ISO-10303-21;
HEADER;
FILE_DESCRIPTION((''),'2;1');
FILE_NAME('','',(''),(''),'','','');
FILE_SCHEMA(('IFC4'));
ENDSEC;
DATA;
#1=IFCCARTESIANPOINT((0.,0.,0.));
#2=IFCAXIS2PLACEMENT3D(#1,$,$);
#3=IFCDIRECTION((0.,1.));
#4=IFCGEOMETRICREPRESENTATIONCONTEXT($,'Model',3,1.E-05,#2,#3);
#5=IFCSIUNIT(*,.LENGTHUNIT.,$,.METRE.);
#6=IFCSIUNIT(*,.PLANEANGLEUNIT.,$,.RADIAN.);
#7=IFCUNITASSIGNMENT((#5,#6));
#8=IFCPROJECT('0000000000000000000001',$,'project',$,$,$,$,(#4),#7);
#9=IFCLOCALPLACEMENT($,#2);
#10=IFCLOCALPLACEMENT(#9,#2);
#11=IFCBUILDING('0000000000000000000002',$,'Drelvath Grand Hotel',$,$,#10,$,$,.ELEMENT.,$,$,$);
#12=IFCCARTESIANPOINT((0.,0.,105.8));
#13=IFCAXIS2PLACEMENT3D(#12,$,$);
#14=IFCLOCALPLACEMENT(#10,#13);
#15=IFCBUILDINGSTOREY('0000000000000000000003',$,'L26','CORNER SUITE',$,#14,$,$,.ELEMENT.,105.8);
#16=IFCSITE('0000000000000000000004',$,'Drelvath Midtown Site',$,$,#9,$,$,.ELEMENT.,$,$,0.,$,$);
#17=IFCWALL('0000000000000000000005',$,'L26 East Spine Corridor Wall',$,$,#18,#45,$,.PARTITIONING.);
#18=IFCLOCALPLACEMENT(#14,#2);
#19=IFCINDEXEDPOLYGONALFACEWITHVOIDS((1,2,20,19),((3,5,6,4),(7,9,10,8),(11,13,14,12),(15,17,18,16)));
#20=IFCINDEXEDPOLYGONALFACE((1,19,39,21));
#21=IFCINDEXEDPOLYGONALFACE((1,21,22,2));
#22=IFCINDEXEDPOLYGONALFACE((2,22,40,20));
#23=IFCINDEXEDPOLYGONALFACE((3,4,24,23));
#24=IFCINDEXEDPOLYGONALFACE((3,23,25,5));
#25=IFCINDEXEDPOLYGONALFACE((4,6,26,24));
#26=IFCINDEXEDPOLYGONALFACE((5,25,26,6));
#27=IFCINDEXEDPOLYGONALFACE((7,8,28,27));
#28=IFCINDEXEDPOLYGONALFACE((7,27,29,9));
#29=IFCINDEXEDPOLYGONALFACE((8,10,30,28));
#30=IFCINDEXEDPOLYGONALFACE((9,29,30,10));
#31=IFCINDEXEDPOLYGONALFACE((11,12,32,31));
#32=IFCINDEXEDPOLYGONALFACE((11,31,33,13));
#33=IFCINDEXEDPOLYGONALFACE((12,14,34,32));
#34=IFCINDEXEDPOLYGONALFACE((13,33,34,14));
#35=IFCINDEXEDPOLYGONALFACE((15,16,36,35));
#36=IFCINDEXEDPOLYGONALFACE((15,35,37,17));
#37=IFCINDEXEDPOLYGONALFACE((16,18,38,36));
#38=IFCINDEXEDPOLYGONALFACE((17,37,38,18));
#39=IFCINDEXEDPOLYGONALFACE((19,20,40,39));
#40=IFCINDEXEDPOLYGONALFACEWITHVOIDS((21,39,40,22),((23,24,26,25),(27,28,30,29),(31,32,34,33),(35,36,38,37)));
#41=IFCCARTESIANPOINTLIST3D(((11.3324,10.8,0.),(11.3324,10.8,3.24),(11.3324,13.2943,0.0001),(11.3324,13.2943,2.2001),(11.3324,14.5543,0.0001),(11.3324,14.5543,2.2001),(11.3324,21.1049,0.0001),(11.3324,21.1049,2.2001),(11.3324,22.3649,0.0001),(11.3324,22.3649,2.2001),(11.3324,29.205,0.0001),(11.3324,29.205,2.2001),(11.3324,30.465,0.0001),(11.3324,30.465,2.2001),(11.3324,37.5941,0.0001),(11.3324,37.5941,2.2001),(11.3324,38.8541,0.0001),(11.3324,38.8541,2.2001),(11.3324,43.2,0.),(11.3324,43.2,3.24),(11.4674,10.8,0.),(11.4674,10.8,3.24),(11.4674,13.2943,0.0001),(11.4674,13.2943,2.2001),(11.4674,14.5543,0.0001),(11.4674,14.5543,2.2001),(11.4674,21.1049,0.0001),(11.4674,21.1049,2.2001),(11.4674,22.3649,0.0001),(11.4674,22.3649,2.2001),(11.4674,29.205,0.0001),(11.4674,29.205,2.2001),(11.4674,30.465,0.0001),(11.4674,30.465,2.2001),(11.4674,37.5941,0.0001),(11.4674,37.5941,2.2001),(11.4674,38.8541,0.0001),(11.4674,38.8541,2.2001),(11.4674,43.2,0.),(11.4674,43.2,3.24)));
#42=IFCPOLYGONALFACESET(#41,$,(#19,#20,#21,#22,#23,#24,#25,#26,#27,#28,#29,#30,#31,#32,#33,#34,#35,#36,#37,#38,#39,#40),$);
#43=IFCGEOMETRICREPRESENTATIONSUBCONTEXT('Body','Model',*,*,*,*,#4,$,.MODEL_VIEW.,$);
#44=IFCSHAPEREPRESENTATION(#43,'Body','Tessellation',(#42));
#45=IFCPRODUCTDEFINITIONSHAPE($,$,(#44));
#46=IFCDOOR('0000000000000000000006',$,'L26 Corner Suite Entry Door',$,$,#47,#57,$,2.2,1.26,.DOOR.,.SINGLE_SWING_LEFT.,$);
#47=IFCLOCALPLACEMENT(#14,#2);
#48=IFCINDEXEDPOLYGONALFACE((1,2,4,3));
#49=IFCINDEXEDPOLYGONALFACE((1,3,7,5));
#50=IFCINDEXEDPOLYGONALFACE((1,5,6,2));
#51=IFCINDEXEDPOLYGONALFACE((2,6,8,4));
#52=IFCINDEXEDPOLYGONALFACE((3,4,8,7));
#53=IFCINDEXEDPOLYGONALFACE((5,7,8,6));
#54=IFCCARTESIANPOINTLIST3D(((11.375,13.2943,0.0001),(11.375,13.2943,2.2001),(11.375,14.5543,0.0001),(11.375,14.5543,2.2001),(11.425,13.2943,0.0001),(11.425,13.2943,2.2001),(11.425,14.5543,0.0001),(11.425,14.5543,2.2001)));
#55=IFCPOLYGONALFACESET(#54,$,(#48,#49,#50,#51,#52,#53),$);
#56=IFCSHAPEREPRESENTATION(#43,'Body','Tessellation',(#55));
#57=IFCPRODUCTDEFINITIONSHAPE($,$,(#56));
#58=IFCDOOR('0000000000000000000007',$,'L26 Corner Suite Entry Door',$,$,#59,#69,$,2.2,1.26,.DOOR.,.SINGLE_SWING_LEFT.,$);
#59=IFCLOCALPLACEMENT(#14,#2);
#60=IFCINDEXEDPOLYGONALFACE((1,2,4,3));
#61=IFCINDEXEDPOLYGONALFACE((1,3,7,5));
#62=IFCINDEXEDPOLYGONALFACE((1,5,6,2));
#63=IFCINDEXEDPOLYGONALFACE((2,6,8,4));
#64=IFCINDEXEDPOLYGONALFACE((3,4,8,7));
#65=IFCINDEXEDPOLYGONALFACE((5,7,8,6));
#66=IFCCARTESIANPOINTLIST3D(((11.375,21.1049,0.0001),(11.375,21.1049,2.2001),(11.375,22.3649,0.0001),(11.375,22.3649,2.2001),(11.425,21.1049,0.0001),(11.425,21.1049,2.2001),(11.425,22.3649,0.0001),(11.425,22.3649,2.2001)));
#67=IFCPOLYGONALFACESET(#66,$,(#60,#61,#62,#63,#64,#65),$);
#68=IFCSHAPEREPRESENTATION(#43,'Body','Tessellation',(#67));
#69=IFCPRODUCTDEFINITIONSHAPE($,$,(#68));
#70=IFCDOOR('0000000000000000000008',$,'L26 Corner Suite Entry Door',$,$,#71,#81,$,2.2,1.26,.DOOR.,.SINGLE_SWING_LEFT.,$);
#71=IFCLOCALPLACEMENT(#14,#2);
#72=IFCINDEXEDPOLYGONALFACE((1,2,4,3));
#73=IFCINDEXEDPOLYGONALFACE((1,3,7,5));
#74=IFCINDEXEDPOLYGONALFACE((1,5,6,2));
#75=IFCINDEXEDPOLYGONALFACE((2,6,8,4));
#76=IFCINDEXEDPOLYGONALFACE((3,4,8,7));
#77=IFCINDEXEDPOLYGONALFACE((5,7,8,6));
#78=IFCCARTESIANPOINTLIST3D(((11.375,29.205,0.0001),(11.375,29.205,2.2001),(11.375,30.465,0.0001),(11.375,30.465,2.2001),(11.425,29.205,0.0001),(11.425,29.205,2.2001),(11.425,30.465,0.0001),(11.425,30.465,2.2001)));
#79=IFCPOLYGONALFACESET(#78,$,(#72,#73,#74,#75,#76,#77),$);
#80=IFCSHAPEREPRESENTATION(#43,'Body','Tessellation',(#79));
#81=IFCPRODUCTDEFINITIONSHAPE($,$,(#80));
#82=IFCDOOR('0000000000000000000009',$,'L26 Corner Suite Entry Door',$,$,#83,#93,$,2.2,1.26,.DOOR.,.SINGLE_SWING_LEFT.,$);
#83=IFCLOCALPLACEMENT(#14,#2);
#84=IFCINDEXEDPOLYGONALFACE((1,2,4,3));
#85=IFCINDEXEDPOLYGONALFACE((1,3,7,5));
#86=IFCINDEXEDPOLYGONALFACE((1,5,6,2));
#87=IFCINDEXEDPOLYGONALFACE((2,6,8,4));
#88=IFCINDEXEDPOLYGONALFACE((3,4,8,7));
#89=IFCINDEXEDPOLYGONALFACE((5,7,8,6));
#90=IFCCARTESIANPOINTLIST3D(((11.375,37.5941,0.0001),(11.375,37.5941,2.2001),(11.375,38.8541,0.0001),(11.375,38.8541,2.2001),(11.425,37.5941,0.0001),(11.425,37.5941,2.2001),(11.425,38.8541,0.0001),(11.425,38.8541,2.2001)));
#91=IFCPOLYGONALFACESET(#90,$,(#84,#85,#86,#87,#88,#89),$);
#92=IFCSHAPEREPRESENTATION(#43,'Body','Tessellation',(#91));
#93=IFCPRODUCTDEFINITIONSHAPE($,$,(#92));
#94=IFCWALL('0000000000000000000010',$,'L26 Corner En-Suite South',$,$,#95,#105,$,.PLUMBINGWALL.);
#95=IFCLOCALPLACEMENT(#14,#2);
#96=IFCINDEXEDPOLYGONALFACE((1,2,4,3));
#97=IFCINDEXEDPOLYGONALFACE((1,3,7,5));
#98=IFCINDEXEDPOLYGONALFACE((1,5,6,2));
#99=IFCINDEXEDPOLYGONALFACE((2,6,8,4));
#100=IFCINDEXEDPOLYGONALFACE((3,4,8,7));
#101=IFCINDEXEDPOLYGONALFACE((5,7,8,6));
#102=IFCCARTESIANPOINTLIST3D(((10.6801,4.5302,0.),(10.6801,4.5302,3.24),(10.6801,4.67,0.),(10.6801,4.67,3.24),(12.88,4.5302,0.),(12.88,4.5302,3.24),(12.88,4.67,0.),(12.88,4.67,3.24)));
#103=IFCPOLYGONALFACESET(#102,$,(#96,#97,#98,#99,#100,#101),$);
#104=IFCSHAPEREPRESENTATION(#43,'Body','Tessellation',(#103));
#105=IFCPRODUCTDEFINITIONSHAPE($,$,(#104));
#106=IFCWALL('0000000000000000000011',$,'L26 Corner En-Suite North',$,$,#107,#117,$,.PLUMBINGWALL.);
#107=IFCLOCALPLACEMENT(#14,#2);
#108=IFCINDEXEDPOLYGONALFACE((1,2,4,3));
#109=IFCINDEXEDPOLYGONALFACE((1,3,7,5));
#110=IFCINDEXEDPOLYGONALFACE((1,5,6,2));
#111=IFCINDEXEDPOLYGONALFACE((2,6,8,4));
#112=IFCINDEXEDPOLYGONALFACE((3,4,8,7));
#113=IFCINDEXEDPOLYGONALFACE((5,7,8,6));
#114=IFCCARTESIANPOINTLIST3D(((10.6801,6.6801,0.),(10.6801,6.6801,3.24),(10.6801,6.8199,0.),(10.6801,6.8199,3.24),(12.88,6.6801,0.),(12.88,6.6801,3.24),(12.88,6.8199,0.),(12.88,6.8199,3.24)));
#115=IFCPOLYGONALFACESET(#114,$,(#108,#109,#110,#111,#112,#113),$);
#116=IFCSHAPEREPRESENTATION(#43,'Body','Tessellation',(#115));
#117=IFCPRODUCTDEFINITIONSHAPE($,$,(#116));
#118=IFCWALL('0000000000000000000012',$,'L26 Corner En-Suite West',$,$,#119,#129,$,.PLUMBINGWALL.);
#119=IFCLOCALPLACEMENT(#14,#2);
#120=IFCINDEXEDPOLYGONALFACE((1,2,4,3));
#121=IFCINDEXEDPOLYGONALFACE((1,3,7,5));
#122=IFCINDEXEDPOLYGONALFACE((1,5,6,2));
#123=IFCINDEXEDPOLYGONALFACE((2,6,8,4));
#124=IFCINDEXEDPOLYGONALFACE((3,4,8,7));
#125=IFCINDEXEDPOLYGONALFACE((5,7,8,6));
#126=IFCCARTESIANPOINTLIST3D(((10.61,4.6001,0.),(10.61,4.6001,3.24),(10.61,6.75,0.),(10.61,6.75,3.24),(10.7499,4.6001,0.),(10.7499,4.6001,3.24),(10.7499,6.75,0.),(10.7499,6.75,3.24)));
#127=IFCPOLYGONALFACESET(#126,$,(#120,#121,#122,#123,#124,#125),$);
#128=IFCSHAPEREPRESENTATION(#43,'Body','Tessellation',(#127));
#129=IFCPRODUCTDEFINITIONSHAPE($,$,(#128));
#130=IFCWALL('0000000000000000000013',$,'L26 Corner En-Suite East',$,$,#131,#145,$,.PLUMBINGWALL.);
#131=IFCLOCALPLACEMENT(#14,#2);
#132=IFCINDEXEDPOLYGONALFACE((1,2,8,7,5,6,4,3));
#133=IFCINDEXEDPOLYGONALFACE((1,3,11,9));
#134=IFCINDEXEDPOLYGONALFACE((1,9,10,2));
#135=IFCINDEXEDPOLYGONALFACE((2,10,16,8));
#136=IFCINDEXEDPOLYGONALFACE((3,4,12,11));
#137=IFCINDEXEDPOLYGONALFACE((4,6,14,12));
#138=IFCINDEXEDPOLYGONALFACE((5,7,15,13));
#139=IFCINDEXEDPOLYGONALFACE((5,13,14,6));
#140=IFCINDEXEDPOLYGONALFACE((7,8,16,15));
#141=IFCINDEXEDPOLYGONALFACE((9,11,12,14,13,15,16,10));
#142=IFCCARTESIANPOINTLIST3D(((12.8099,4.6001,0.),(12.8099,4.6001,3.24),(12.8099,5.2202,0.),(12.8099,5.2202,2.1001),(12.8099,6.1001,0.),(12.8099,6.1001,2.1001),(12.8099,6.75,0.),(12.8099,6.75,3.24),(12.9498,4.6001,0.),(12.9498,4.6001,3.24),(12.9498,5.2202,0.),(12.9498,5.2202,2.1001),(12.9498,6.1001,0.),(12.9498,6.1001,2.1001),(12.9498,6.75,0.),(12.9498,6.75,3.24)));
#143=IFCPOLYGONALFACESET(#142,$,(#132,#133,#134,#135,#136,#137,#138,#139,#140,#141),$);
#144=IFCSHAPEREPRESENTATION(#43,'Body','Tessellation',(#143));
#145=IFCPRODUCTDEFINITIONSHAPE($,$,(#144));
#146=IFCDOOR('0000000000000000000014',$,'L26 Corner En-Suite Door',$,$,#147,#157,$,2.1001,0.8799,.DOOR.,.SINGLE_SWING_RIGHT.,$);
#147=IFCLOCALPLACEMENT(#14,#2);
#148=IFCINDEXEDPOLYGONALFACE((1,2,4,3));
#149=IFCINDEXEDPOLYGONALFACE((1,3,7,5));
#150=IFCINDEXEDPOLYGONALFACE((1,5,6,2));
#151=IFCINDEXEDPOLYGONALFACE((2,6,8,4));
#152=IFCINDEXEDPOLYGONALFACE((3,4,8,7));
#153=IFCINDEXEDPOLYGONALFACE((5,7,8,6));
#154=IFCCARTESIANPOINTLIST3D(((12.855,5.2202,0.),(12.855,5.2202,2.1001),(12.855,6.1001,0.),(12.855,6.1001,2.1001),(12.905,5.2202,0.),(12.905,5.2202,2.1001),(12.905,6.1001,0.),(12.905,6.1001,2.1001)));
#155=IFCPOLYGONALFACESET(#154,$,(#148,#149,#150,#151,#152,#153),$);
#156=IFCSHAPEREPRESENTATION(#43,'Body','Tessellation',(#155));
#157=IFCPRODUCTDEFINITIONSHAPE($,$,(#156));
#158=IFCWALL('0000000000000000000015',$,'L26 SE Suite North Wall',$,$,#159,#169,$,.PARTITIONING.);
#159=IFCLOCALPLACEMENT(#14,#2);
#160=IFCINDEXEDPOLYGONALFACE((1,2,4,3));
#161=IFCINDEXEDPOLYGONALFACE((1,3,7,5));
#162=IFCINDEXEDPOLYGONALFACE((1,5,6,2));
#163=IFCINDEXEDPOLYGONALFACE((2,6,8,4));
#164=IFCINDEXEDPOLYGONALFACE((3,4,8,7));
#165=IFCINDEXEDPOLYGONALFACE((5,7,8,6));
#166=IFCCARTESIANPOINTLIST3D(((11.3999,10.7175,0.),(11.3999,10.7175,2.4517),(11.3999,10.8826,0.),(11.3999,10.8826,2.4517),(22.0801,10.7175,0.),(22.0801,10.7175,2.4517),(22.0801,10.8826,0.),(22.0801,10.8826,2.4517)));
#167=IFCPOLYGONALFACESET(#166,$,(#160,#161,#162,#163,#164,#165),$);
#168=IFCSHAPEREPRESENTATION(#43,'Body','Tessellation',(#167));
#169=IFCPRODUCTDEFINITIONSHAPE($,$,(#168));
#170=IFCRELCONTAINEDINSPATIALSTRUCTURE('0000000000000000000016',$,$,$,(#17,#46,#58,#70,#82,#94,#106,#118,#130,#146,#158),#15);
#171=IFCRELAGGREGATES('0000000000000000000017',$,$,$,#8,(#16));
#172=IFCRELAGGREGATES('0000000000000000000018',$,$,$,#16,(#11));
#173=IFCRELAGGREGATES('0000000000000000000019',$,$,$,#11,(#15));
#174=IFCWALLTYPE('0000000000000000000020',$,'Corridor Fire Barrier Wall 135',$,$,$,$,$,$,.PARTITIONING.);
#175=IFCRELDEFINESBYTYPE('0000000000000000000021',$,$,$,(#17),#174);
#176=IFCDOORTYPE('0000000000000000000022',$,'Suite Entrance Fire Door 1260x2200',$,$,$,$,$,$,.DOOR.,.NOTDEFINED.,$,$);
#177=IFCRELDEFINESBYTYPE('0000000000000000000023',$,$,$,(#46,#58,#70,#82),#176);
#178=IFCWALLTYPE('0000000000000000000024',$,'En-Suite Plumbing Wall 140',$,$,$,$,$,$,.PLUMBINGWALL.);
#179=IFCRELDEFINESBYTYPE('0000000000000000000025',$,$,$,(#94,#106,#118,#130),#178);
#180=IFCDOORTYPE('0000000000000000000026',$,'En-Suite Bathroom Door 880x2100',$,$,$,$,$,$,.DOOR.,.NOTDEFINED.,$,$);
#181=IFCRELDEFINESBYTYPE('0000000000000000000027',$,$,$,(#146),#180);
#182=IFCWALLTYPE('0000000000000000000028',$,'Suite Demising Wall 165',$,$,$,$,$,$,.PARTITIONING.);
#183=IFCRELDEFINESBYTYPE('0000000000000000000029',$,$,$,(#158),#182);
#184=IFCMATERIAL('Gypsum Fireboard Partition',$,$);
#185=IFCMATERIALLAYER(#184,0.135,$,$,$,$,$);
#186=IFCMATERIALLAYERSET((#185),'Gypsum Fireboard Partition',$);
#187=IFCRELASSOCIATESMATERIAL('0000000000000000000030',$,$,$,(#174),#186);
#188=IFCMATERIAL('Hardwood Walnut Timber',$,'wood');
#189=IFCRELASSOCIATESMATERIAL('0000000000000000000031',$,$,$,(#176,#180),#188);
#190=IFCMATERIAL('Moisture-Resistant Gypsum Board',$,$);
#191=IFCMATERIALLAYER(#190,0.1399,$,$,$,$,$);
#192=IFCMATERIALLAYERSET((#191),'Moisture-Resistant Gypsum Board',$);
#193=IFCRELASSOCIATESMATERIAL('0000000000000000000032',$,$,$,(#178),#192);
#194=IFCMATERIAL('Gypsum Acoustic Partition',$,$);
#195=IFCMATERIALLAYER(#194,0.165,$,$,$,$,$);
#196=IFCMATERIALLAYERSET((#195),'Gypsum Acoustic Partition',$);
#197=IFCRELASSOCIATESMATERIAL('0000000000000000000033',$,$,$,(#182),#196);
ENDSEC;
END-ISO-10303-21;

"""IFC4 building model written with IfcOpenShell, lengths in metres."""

from ifc_helpers import new_model, si_unit, direction, frame, frame_2d, origin, place, context, subcontext, project, spatial, rectangle, extrude, material, layer, layer_set, type_object, element, fill, save


model = new_model("IFC4")

# Units and contexts
model_context = context("Model", 3, precision=1e-05, world=origin(), true_north=direction((0.0, 1.0)))
body_context = subcontext(model_context, "Body", "Model", "MODEL_VIEW")
ifc_project = project(units=[si_unit("LENGTHUNIT", "METRE"), si_unit("PLANEANGLEUNIT", "RADIAN")], contexts=[model_context])

# Site, building, storey
site_placement = place(None, origin())
site = spatial("IfcSite", under=ifc_project, at=site_placement, Name="Drelvath Midtown Site", CompositionType="ELEMENT", RefElevation=0.0)
building_placement = place(site_placement, origin())
building = spatial("IfcBuilding", under=site, at=building_placement, Name="Drelvath Grand Hotel", CompositionType="ELEMENT")
storey_placement = place(building_placement, frame((0.0, 0.0, 105.8)))
storey = spatial("IfcBuildingStorey", under=building, at=storey_placement, Name="L26", Description="CORNER SUITE", CompositionType="ELEMENT", Elevation=105.8)

# Wall, openings, doors
ifc_material_1 = material(Name="Gypsum Fireboard Partition")
ifc_layer_1 = layer(ifc_material_1, 0.135)
ifc_layer_set_1 = layer_set([ifc_layer_1], Name="Gypsum Fireboard Partition")
wall_type_1 = type_object("IfcWallType", Name="Corridor Fire Barrier Wall 135", PredefinedType="PARTITIONING", material=ifc_layer_set_1)
wall_1_placement = place(storey_placement, frame((11.3999, 10.8, 0.0), z_axis=(0.0, 0.0, 1.0), x_axis=(0.0, 1.0, 0.0)))
wall_1 = element("IfcWall", 1, at=wall_1_placement, inside=storey, type_object=wall_type_1, Name="L26 East Spine Corridor Wall", PredefinedType="PARTITIONING", context=body_context, shape_type="SweptSolid", body=[
    extrude(rectangle(XDim=32.3999, YDim=0.135, at=frame_2d((16.2, 0.0))), origin(), (0.0, 0.0, 1.0), 3.24),
])
opening_1_placement = place(wall_1_placement, frame((2.4944, 0.0, 0.0)))
opening_1 = element("IfcOpeningElement", 2, at=opening_1_placement, cuts=wall_1, PredefinedType="OPENING", context=body_context, shape_type="SweptSolid", body=[
    extrude(rectangle(XDim=1.26, YDim=2.2, at=frame_2d((0.6299, 1.1001))), frame((0.0, 0.0774, 0.0), z_axis=(0.0, -1.0, 0.0), x_axis=(1.0, 0.0, 0.0)), (0.0, 0.0, 1.0), 0.155),
])
opening_2_placement = place(wall_1_placement, frame((10.3049, 0.0, 0.0)))
opening_2 = element("IfcOpeningElement", 3, at=opening_2_placement, cuts=wall_1, PredefinedType="OPENING", context=body_context, shape_type="SweptSolid", body=[
    extrude(rectangle(XDim=1.26, YDim=2.2, at=frame_2d((0.6299, 1.1001))), frame((0.0, 0.0774, 0.0), z_axis=(0.0, -1.0, 0.0), x_axis=(1.0, 0.0, 0.0)), (0.0, 0.0, 1.0), 0.155),
])
opening_3_placement = place(wall_1_placement, frame((18.405, 0.0, 0.0)))
opening_3 = element("IfcOpeningElement", 4, at=opening_3_placement, cuts=wall_1, PredefinedType="OPENING", context=body_context, shape_type="SweptSolid", body=[
    extrude(rectangle(XDim=1.26, YDim=2.2, at=frame_2d((0.6299, 1.1001))), frame((0.0, 0.0774, 0.0), z_axis=(0.0, -1.0, 0.0), x_axis=(1.0, 0.0, 0.0)), (0.0, 0.0, 1.0), 0.155),
])
opening_4_placement = place(wall_1_placement, frame((26.7942, 0.0, 0.0)))
opening_4 = element("IfcOpeningElement", 5, at=opening_4_placement, cuts=wall_1, PredefinedType="OPENING", context=body_context, shape_type="SweptSolid", body=[
    extrude(rectangle(XDim=1.26, YDim=2.2, at=frame_2d((0.6299, 1.1001))), frame((0.0, 0.0774, 0.0), z_axis=(0.0, -1.0, 0.0), x_axis=(1.0, 0.0, 0.0)), (0.0, 0.0, 1.0), 0.155),
])
ifc_material_2 = material(Name="Hardwood Walnut Timber", Category="wood")
door_type_1 = type_object("IfcDoorType", Name="Suite Entrance Fire Door 1260x2200", OperationType="NOTDEFINED", PredefinedType="DOOR", material=ifc_material_2)
door_1_placement = place(opening_1_placement, origin())
door_1 = element("IfcDoor", 6, at=door_1_placement, inside=storey, type_object=door_type_1, Name="L26 Corner Suite Entry Door", OperationType="SINGLE_SWING_LEFT", OverallHeight=2.2, OverallWidth=1.26, PredefinedType="DOOR", context=body_context, shape_type="SweptSolid", body=[
    extrude(rectangle(XDim=1.26, YDim=2.2, at=frame_2d((0.6299, 1.1001))), frame((0.0, 0.0249, 0.0), z_axis=(0.0, -1.0, 0.0), x_axis=(1.0, 0.0, 0.0)), (0.0, 0.0, 1.0), 0.05),
])
fill(opening_1, door_1)
door_2_placement = place(opening_2_placement, origin())
door_2 = element("IfcDoor", 7, at=door_2_placement, inside=storey, type_object=door_type_1, Name="L26 Corner Suite Entry Door", OperationType="SINGLE_SWING_LEFT", OverallHeight=2.2, OverallWidth=1.26, PredefinedType="DOOR", context=body_context, shape_type="SweptSolid", body=[
    extrude(rectangle(XDim=1.26, YDim=2.2, at=frame_2d((0.6299, 1.1001))), frame((0.0, 0.0249, 0.0), z_axis=(0.0, -1.0, 0.0), x_axis=(1.0, 0.0, 0.0)), (0.0, 0.0, 1.0), 0.05),
])
fill(opening_2, door_2)
door_3_placement = place(opening_3_placement, origin())
door_3 = element("IfcDoor", 8, at=door_3_placement, inside=storey, type_object=door_type_1, Name="L26 Corner Suite Entry Door", OperationType="SINGLE_SWING_LEFT", OverallHeight=2.2, OverallWidth=1.26, PredefinedType="DOOR", context=body_context, shape_type="SweptSolid", body=[
    extrude(rectangle(XDim=1.26, YDim=2.2, at=frame_2d((0.6299, 1.1001))), frame((0.0, 0.0249, 0.0), z_axis=(0.0, -1.0, 0.0), x_axis=(1.0, 0.0, 0.0)), (0.0, 0.0, 1.0), 0.05),
])
fill(opening_3, door_3)
door_4_placement = place(opening_4_placement, origin())
door_4 = element("IfcDoor", 9, at=door_4_placement, inside=storey, type_object=door_type_1, Name="L26 Corner Suite Entry Door", OperationType="SINGLE_SWING_LEFT", OverallHeight=2.2, OverallWidth=1.26, PredefinedType="DOOR", context=body_context, shape_type="SweptSolid", body=[
    extrude(rectangle(XDim=1.26, YDim=2.2, at=frame_2d((0.6299, 1.1001))), frame((0.0, 0.0249, 0.0), z_axis=(0.0, -1.0, 0.0), x_axis=(1.0, 0.0, 0.0)), (0.0, 0.0, 1.0), 0.05),
])
fill(opening_4, door_4)

# Walls
ifc_material_3 = material(Name="Moisture-Resistant Gypsum Board")
ifc_layer_2 = layer(ifc_material_3, 0.1399)
ifc_layer_set_2 = layer_set([ifc_layer_2], Name="Moisture-Resistant Gypsum Board")
wall_type_2 = type_object("IfcWallType", Name="En-Suite Plumbing Wall 140", PredefinedType="PLUMBINGWALL", material=ifc_layer_set_2)
for number, where, z_axis, x_axis, name in (
    (10, (10.6799, 4.6001, 0.0), (0.0, 0.0, 1.0), (1.0, 0.0, 0.0), "L26 Corner En-Suite South"),
    (11, (10.6799, 6.75, 0.0), (0.0, 0.0, 1.0), (1.0, 0.0, 0.0), "L26 Corner En-Suite North"),
):
    element("IfcWall", number, at=place(storey_placement, frame(where, z_axis=z_axis, x_axis=x_axis)), inside=storey, type_object=wall_type_2, Name=name, PredefinedType="PLUMBINGWALL", context=body_context, shape_type="SweptSolid", body=[
        extrude(rectangle(XDim=2.2, YDim=0.1399, at=frame_2d((1.1001, 0.0))), origin(), (0.0, 0.0, 1.0), 3.24),
    ])
wall_2_placement = place(storey_placement, frame((10.6799, 4.6001, 0.0), z_axis=(0.0, 0.0, 1.0), x_axis=(0.0, 1.0, 0.0)))
element("IfcWall", 12, at=wall_2_placement, inside=storey, type_object=wall_type_2, Name="L26 Corner En-Suite West", PredefinedType="PLUMBINGWALL", context=body_context, shape_type="SweptSolid", body=[
    extrude(rectangle(XDim=2.1499, YDim=0.1399, at=frame_2d((1.075, 0.0))), origin(), (0.0, 0.0, 1.0), 3.24),
])

# Wall, opening, door
wall_3_placement = place(storey_placement, frame((12.8799, 4.6001, 0.0), z_axis=(0.0, 0.0, 1.0), x_axis=(0.0, 1.0, 0.0)))
wall_3 = element("IfcWall", 13, at=wall_3_placement, inside=storey, type_object=wall_type_2, Name="L26 Corner En-Suite East", PredefinedType="PLUMBINGWALL", context=body_context, shape_type="SweptSolid", body=[
    extrude(rectangle(XDim=2.1499, YDim=0.1399, at=frame_2d((1.075, 0.0))), origin(), (0.0, 0.0, 1.0), 3.24),
])
opening_5_placement = place(wall_3_placement, frame((0.6201, 0.0, 0.0)))
opening_5 = element("IfcOpeningElement", 14, at=opening_5_placement, cuts=wall_3, PredefinedType="OPENING", context=body_context, shape_type="SweptSolid", body=[
    extrude(rectangle(XDim=0.8799, YDim=2.1001, at=frame_2d((0.4399, 1.05))), frame((0.0, 0.0798, 0.0), z_axis=(0.0, -1.0, 0.0), x_axis=(1.0, 0.0, 0.0)), (0.0, 0.0, 1.0), 0.1599),
])
door_type_2 = type_object("IfcDoorType", Name="En-Suite Bathroom Door 880x2100", OperationType="NOTDEFINED", PredefinedType="DOOR", material=ifc_material_2)
door_5_placement = place(opening_5_placement, origin())
door_5 = element("IfcDoor", 15, at=door_5_placement, inside=storey, type_object=door_type_2, Name="L26 Corner En-Suite Door", OperationType="SINGLE_SWING_RIGHT", OverallHeight=2.1001, OverallWidth=0.8799, PredefinedType="DOOR", context=body_context, shape_type="SweptSolid", body=[
    extrude(rectangle(XDim=0.8799, YDim=2.1001, at=frame_2d((0.4399, 1.05))), frame((0.0, 0.0249, 0.0), z_axis=(0.0, -1.0, 0.0), x_axis=(1.0, 0.0, 0.0)), (0.0, 0.0, 1.0), 0.05),
])
fill(opening_5, door_5)

# Wall
ifc_material_4 = material(Name="Gypsum Acoustic Partition")
ifc_layer_3 = layer(ifc_material_4, 0.165)
ifc_layer_set_3 = layer_set([ifc_layer_3], Name="Gypsum Acoustic Partition")
wall_type_3 = type_object("IfcWallType", Name="Suite Demising Wall 165", PredefinedType="PARTITIONING", material=ifc_layer_set_3)
wall_4_placement = place(storey_placement, frame((11.3999, 10.8, 0.0), z_axis=(0.0, 0.0, 1.0), x_axis=(1.0, 0.0, 0.0)))
element("IfcWall", 16, at=wall_4_placement, inside=storey, type_object=wall_type_3, Name="L26 SE Suite North Wall", PredefinedType="PARTITIONING", context=body_context, shape_type="SweptSolid", body=[
    extrude(rectangle(XDim=10.6802, YDim=0.165, at=frame_2d((5.3401, 0.0))), origin(), (0.0, 0.0, 1.0), 2.4517),
])

save(model, "model.ifc")
